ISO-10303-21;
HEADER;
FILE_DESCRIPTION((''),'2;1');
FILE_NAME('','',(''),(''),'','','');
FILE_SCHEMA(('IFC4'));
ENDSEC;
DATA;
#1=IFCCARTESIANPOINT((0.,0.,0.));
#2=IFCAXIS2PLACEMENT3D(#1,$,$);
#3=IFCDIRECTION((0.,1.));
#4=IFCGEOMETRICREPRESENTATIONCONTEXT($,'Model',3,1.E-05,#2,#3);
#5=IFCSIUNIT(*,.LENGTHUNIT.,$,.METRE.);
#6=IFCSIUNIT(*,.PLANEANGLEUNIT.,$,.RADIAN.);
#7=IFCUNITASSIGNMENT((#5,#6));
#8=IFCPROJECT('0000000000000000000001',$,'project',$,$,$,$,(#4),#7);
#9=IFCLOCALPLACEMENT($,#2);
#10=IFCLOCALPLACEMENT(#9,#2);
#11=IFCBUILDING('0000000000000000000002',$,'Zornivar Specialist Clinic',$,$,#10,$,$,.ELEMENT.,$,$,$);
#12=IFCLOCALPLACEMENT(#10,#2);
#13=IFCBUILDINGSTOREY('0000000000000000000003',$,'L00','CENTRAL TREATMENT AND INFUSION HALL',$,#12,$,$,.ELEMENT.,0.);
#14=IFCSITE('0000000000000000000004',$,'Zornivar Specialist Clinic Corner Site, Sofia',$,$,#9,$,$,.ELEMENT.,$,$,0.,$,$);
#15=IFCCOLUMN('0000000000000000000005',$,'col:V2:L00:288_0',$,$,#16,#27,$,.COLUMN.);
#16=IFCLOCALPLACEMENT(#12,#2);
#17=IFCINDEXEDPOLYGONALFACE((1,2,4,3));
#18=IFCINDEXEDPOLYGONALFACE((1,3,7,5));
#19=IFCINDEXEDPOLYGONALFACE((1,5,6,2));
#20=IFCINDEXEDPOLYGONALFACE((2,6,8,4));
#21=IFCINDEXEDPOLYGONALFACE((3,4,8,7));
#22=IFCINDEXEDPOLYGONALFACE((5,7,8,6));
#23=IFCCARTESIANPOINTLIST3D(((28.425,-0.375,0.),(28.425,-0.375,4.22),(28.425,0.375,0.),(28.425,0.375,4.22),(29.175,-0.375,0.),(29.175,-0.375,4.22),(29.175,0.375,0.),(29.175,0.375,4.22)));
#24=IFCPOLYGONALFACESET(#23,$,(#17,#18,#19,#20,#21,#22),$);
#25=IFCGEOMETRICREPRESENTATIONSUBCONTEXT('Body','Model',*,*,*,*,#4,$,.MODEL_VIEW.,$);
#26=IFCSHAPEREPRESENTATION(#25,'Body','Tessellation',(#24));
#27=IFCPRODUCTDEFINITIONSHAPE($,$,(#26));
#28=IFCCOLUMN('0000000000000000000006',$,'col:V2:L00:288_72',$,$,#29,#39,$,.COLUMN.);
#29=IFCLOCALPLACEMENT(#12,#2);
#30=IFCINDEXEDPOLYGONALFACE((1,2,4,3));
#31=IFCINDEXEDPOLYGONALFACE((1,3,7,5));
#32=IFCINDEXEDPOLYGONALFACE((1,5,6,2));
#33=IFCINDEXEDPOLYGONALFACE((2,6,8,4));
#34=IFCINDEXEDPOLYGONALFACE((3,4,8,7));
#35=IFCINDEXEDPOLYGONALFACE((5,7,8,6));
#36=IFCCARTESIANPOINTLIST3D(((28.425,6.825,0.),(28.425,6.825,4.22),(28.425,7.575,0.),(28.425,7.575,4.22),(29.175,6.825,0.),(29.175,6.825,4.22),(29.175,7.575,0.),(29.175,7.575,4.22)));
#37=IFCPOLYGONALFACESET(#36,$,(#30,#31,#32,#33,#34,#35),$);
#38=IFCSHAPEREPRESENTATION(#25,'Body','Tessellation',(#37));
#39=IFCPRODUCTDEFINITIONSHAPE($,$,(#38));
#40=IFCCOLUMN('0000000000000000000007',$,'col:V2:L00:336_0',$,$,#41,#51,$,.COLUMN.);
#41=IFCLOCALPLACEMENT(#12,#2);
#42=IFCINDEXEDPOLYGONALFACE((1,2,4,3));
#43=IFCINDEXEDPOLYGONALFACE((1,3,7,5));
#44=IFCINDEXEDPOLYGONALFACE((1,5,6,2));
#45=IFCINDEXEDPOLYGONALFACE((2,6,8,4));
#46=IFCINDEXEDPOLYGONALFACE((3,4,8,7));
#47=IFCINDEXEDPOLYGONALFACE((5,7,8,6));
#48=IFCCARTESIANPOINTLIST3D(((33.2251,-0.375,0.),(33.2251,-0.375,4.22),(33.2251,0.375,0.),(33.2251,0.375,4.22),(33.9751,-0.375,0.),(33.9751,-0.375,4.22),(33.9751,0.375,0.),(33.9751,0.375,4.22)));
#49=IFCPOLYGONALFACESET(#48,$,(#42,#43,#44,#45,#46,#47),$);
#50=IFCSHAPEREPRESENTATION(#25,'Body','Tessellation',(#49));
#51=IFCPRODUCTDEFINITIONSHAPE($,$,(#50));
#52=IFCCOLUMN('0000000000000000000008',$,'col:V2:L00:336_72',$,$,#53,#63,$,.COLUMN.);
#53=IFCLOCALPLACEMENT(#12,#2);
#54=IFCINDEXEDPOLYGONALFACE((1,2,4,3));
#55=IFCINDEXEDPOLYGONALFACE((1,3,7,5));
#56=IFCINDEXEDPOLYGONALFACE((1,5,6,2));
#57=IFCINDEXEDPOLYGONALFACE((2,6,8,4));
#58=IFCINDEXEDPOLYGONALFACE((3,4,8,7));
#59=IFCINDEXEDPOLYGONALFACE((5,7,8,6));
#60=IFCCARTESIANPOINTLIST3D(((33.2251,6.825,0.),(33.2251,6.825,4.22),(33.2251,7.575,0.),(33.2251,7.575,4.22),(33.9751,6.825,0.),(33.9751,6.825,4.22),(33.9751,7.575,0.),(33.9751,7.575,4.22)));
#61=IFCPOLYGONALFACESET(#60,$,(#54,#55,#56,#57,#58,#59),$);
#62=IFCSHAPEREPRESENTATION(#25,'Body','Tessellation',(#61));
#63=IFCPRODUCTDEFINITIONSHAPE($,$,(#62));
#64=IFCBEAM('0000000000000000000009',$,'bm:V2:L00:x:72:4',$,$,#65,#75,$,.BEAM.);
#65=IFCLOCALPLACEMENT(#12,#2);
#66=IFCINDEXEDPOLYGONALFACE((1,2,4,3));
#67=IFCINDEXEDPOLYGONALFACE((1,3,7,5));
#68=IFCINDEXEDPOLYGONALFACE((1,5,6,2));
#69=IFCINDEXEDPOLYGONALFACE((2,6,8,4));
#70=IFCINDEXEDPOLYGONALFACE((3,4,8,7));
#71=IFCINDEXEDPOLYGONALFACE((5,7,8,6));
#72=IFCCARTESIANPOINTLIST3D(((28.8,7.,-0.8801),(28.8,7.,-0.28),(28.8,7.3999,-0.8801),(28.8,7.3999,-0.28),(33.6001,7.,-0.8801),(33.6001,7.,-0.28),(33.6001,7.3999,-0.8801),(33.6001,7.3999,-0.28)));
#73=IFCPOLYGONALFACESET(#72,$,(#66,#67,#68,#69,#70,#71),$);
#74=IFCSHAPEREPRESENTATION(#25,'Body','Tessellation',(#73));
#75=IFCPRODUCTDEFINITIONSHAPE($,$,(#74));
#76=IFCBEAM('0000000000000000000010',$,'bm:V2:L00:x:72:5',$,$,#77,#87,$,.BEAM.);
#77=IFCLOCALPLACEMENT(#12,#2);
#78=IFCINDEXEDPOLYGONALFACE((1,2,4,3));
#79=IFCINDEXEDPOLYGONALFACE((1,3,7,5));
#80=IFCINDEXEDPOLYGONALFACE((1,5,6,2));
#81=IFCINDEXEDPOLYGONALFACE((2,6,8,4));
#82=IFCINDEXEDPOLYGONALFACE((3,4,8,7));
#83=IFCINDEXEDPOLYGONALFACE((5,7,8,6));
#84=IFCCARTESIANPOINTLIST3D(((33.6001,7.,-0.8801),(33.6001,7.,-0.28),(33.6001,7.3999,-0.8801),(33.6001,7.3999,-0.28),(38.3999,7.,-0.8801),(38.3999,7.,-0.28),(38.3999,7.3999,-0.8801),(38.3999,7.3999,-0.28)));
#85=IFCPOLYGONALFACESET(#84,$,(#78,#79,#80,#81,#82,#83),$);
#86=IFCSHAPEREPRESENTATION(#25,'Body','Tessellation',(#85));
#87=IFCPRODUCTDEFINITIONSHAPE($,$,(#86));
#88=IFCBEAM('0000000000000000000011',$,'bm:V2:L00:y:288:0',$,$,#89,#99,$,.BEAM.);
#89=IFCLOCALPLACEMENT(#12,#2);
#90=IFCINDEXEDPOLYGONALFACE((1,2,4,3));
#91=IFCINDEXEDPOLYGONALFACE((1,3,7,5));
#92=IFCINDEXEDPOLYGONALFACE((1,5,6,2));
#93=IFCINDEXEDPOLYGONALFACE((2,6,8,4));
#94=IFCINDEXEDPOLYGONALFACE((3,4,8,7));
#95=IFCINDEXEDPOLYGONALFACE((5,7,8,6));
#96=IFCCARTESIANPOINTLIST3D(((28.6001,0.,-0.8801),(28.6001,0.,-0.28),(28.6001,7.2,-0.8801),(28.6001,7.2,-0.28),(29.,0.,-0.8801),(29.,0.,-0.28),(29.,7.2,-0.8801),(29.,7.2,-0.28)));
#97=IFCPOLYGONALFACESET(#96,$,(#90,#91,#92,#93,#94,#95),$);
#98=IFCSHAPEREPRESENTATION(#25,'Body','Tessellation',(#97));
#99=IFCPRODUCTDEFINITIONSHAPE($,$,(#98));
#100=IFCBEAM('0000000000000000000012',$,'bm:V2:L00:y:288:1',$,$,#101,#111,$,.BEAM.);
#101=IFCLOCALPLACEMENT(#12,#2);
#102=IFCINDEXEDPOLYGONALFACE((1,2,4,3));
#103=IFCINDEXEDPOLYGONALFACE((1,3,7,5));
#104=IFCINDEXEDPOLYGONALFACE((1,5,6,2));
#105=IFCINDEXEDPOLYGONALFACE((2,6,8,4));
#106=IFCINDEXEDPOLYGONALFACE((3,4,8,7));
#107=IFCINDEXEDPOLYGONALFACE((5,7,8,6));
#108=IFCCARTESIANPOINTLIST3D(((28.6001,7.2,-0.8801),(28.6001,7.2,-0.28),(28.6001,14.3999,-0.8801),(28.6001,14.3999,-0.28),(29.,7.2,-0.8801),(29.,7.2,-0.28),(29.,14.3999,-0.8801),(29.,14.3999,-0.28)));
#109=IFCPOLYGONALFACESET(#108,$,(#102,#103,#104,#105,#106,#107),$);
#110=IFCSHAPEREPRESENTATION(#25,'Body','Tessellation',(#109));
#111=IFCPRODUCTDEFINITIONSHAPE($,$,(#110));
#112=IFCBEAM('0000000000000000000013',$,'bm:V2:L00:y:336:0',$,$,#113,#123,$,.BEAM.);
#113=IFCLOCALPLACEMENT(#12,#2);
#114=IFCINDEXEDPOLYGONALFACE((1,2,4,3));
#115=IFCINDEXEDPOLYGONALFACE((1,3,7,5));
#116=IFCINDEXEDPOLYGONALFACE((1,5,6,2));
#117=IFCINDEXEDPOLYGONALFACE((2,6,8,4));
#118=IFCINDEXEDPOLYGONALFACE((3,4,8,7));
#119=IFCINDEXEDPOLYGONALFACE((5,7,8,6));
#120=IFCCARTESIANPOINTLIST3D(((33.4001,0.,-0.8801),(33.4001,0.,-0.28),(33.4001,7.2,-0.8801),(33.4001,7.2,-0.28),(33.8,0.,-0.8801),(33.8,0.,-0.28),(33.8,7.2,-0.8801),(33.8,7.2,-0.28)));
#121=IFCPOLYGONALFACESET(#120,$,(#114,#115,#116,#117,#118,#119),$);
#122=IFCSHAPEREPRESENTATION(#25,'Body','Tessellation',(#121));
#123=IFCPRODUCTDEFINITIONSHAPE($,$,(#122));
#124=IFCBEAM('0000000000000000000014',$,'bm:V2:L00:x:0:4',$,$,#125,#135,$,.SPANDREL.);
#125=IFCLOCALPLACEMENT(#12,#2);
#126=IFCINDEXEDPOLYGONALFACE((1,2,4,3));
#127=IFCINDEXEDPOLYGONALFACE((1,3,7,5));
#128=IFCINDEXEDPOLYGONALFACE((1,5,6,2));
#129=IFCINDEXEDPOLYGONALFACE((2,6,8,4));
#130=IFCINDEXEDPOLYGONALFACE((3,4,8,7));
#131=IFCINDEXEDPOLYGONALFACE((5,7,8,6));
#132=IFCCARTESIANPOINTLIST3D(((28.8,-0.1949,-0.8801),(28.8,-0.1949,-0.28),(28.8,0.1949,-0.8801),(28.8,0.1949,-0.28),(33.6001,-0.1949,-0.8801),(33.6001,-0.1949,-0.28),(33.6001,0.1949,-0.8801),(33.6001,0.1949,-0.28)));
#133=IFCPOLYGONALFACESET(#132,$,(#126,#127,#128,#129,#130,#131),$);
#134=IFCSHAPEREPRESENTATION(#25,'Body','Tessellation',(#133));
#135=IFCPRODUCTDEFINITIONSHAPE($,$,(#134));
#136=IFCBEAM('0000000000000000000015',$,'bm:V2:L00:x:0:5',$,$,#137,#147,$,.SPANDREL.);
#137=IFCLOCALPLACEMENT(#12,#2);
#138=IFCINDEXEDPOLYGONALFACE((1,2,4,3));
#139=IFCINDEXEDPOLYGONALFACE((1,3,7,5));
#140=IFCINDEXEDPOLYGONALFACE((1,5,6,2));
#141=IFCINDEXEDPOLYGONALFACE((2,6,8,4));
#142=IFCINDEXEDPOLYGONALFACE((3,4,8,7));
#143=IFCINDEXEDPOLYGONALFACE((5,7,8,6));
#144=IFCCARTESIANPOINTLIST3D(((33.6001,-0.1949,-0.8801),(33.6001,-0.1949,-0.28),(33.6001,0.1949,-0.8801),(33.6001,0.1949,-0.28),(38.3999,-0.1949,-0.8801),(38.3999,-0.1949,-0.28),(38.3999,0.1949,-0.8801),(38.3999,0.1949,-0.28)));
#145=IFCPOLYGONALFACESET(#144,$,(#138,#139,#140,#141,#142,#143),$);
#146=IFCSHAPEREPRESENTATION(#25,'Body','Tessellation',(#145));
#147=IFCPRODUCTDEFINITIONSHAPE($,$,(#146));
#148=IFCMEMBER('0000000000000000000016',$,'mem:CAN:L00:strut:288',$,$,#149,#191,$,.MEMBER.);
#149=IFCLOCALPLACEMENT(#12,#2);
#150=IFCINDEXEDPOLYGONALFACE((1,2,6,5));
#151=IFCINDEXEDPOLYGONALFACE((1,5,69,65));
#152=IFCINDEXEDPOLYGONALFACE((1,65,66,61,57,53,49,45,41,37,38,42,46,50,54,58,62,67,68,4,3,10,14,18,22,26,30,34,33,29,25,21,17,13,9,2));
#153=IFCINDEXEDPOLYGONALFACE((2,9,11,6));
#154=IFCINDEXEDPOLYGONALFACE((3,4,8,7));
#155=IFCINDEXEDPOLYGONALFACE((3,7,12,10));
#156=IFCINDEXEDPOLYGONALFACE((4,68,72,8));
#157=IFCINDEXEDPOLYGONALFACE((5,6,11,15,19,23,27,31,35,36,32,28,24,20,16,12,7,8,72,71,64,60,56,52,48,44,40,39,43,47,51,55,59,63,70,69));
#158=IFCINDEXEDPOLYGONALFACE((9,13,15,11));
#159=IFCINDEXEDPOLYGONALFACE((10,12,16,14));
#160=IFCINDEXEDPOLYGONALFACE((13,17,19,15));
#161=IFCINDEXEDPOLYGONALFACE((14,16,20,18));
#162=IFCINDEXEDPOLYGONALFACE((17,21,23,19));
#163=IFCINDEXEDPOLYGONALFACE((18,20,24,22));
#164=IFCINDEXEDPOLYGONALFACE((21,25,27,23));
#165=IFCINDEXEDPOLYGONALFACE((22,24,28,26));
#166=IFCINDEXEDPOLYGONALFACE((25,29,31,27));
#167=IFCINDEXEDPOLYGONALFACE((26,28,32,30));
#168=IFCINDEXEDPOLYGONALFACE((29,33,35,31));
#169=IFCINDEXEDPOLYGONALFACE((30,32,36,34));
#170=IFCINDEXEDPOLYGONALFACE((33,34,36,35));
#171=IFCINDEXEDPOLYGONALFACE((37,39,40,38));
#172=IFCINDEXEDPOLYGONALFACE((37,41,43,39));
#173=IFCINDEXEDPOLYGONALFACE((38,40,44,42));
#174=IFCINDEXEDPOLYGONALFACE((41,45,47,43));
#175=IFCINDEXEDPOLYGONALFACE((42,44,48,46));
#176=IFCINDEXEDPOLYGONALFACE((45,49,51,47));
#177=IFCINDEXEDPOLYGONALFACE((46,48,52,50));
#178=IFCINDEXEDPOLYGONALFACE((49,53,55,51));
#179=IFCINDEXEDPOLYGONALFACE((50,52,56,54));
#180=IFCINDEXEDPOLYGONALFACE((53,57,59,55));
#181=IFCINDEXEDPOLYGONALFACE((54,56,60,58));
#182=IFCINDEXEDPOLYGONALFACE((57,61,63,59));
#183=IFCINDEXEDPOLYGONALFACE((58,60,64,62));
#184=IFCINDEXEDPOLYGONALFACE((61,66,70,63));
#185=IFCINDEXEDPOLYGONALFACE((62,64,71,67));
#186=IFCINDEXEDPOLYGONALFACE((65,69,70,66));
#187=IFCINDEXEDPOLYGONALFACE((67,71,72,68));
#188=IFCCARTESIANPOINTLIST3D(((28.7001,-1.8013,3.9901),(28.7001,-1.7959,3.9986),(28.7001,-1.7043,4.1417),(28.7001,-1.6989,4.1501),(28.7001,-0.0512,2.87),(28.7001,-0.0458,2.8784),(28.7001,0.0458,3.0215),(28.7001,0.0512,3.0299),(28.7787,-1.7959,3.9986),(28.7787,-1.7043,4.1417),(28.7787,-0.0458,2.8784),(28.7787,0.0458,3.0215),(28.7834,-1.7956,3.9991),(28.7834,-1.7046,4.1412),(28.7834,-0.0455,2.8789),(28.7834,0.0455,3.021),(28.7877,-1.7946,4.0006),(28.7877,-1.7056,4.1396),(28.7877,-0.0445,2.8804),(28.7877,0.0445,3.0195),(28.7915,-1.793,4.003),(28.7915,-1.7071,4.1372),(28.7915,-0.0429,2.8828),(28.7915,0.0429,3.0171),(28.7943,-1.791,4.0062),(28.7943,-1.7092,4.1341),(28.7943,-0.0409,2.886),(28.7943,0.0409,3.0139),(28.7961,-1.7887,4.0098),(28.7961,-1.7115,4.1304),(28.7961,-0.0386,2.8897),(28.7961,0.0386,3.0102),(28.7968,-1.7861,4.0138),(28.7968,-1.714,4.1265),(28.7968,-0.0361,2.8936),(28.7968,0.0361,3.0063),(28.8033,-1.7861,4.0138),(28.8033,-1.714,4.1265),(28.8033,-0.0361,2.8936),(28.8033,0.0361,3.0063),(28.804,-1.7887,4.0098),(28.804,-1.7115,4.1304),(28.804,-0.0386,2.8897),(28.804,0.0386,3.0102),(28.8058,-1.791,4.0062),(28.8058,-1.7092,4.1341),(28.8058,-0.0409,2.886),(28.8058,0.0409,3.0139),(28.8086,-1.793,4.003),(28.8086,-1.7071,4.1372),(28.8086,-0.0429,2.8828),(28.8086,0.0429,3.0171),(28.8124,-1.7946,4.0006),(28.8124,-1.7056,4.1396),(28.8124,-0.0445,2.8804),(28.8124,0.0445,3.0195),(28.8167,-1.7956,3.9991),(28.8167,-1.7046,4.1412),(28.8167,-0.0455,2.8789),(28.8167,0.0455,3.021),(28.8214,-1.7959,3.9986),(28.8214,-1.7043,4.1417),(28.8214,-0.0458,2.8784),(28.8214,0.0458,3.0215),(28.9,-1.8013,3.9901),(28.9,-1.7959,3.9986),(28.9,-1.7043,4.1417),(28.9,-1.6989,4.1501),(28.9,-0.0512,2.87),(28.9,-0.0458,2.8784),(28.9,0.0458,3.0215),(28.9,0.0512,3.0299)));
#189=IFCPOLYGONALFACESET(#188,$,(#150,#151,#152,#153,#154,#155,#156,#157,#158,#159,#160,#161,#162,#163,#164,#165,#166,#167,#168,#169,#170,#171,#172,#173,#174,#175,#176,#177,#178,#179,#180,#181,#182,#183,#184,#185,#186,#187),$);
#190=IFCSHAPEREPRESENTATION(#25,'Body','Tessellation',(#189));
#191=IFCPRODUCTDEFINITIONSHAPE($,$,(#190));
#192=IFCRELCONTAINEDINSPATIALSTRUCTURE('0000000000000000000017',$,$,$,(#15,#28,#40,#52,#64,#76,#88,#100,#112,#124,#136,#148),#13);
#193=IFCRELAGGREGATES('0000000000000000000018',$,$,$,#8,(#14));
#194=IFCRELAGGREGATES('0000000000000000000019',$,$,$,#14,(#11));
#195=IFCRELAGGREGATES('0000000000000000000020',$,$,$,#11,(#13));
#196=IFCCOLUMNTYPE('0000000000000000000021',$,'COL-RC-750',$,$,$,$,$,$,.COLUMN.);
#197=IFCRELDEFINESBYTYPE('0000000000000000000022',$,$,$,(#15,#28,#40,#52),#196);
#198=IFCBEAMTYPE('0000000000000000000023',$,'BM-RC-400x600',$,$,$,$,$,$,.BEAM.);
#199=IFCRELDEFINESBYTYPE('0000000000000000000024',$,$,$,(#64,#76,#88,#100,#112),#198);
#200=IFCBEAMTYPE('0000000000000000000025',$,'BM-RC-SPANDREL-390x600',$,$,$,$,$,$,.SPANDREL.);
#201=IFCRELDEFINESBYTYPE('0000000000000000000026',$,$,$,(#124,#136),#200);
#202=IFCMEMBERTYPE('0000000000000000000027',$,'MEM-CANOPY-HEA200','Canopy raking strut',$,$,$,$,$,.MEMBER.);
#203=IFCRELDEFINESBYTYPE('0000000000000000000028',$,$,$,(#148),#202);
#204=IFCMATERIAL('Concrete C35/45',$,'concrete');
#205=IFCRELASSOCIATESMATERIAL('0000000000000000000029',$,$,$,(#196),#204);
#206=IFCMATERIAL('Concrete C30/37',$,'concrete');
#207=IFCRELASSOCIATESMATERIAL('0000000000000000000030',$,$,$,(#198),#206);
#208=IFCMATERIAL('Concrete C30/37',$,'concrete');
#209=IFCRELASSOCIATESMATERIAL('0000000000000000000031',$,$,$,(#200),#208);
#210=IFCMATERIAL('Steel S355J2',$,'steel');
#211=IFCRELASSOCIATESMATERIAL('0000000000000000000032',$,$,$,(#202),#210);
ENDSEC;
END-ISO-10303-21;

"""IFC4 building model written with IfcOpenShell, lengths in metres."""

from ifc_helpers import new_model, si_unit, direction, frame, origin, origin_2d, place, context, subcontext, project, spatial, rectangle, i_section, extrude, material, material_profile, profile_set, type_object, element, save


model = new_model("IFC4")

# Units and contexts
model_context = context("Model", 3, precision=1e-05, world=origin(), true_north=direction((0.0, 1.0)))
body_context = subcontext(model_context, "Body", "Model", "MODEL_VIEW")
ifc_project = project(units=[si_unit("LENGTHUNIT", "METRE"), si_unit("PLANEANGLEUNIT", "RADIAN")], contexts=[model_context])

# Site, building, storey
site_placement = place(None, origin())
site = spatial("IfcSite", under=ifc_project, at=site_placement, Name="Zornivar Specialist Clinic Corner Site, Sofia", CompositionType="ELEMENT", RefElevation=0.0)
building_placement = place(site_placement, origin())
building = spatial("IfcBuilding", under=site, at=building_placement, Name="Zornivar Specialist Clinic", CompositionType="ELEMENT")
storey_placement = place(building_placement, origin())
storey = spatial("IfcBuildingStorey", under=building, at=storey_placement, Name="L00", Description="CENTRAL TREATMENT AND INFUSION HALL", CompositionType="ELEMENT", Elevation=0.0)

# Columns
ifc_material_1 = material(Name="Concrete C35/45", Category="concrete")
ifc_material_profile_1 = material_profile(ifc_material_1, rectangle(XDim=0.75, YDim=0.75, at=origin_2d()), Name="RC 750x750")
ifc_profile_set_1 = profile_set([ifc_material_profile_1], Name="Concrete C35/45")
column_type = type_object("IfcColumnType", Name="COL-RC-750", PredefinedType="COLUMN", material=ifc_profile_set_1)
for number, where, z_axis, x_axis, name in (
    (1, (28.8, 0.0, 0.0), (0.0, 0.0, 1.0), (1.0, 0.0, 0.0), "col:V2:L00:288_0"),
    (2, (28.8, 7.2, 0.0), (0.0, 0.0, 1.0), (1.0, 0.0, 0.0), "col:V2:L00:288_72"),
    (3, (33.6001, 0.0, 0.0), (0.0, 0.0, 1.0), (1.0, 0.0, 0.0), "col:V2:L00:336_0"),
    (4, (33.6001, 7.2, 0.0), (0.0, 0.0, 1.0), (1.0, 0.0, 0.0), "col:V2:L00:336_72"),
):
    element("IfcColumn", number, at=place(storey_placement, frame(where, z_axis=z_axis, x_axis=x_axis)), inside=storey, type_object=column_type, Name=name, PredefinedType="COLUMN", context=body_context, shape_type="SweptSolid", body=[
        extrude(rectangle(XDim=0.75, YDim=0.75, at=origin_2d()), origin(), (0.0, 0.0, 1.0), 4.22),
    ])

# Beams
ifc_material_2 = material(Name="Concrete C30/37", Category="concrete")
ifc_material_profile_2 = material_profile(ifc_material_2, rectangle(XDim=0.3999, YDim=0.6001, at=origin_2d()), Name="RC 400x600")
ifc_profile_set_2 = profile_set([ifc_material_profile_2], Name="Concrete C30/37")
beam_type_1 = type_object("IfcBeamType", Name="BM-RC-400x600", PredefinedType="BEAM", material=ifc_profile_set_2)
beam_1_placement = place(storey_placement, frame((28.8, 7.2, -0.5801), z_axis=(1.0, 0.0, 0.0), x_axis=(0.0, 1.0, 0.0)))
element("IfcBeam", 5, at=beam_1_placement, inside=storey, type_object=beam_type_1, Name="bm:V2:L00:x:72:4", PredefinedType="BEAM", context=body_context, shape_type="SweptSolid", body=[
    extrude(rectangle(XDim=0.3999, YDim=0.6001, at=origin_2d()), origin(), (0.0, 0.0, 1.0), 4.8),
])
beam_2_placement = place(storey_placement, frame((33.6001, 7.2, -0.5801), z_axis=(1.0, 0.0, 0.0), x_axis=(0.0, 1.0, 0.0)))
element("IfcBeam", 6, at=beam_2_placement, inside=storey, type_object=beam_type_1, Name="bm:V2:L00:x:72:5", PredefinedType="BEAM", context=body_context, shape_type="SweptSolid", body=[
    extrude(rectangle(XDim=0.3999, YDim=0.6001, at=origin_2d()), origin(), (0.0, 0.0, 1.0), 4.7998),
])
for number, where, z_axis, x_axis, name in (
    (7, (28.8, 0.0, -0.5801), (0.0, 1.0, 0.0), (-1.0, 0.0, 0.0), "bm:V2:L00:y:288:0"),
    (8, (28.8, 7.2, -0.5801), (0.0, 1.0, 0.0), (-1.0, 0.0, 0.0), "bm:V2:L00:y:288:1"),
    (9, (33.6001, 0.0, -0.5801), (0.0, 1.0, 0.0), (-1.0, 0.0, 0.0), "bm:V2:L00:y:336:0"),
):
    element("IfcBeam", number, at=place(storey_placement, frame(where, z_axis=z_axis, x_axis=x_axis)), inside=storey, type_object=beam_type_1, Name=name, PredefinedType="BEAM", context=body_context, shape_type="SweptSolid", body=[
        extrude(rectangle(XDim=0.3999, YDim=0.6001, at=origin_2d()), origin(), (0.0, 0.0, 1.0), 7.2),
    ])
ifc_material_3 = material(Name="Concrete C30/37", Category="concrete")
ifc_material_profile_3 = material_profile(ifc_material_3, rectangle(XDim=0.3899, YDim=0.6001, at=origin_2d()), Name="RC 390x600")
ifc_profile_set_3 = profile_set([ifc_material_profile_3], Name="Concrete C30/37")
beam_type_2 = type_object("IfcBeamType", Name="BM-RC-SPANDREL-390x600", PredefinedType="SPANDREL", material=ifc_profile_set_3)
beam_3_placement = place(storey_placement, frame((28.8, 0.0, -0.5801), z_axis=(1.0, 0.0, 0.0), x_axis=(0.0, 1.0, 0.0)))
element("IfcBeam", 10, at=beam_3_placement, inside=storey, type_object=beam_type_2, Name="bm:V2:L00:x:0:4", PredefinedType="SPANDREL", context=body_context, shape_type="SweptSolid", body=[
    extrude(rectangle(XDim=0.3899, YDim=0.6001, at=origin_2d()), origin(), (0.0, 0.0, 1.0), 4.8),
])
beam_4_placement = place(storey_placement, frame((33.6001, 0.0, -0.5801), z_axis=(1.0, 0.0, 0.0), x_axis=(0.0, 1.0, 0.0)))
element("IfcBeam", 11, at=beam_4_placement, inside=storey, type_object=beam_type_2, Name="bm:V2:L00:x:0:5", PredefinedType="SPANDREL", context=body_context, shape_type="SweptSolid", body=[
    extrude(rectangle(XDim=0.3899, YDim=0.6001, at=origin_2d()), origin(), (0.0, 0.0, 1.0), 4.7998),
])

# Member
ifc_material_4 = material(Name="Steel S355J2", Category="steel")
ifc_material_profile_4 = material_profile(ifc_material_4, i_section(OverallWidth=0.2, OverallDepth=0.1899, WebThickness=0.0066, FlangeThickness=0.01, FilletRadius=0.0181, at=origin_2d()), Name="HEA 200")
ifc_profile_set_4 = profile_set([ifc_material_profile_4], Name="Steel S355J2")
member_type = type_object("IfcMemberType", Name="MEM-CANOPY-HEA200", Description="Canopy raking strut", PredefinedType="MEMBER", material=ifc_profile_set_4)
for number, where, z_axis, x_axis, name in (
    (12, (28.8, 0.0, 2.95), (0.0, -0.842246, 0.539094), (1.0, 0.0, 0.0), "mem:CAN:L00:strut:288"),
):
    element("IfcMember", number, at=place(storey_placement, frame(where, z_axis=z_axis, x_axis=x_axis)), inside=storey, type_object=member_type, Name=name, PredefinedType="MEMBER", context=body_context, shape_type="SweptSolid", body=[
        extrude(i_section(OverallWidth=0.2, OverallDepth=0.1899, WebThickness=0.0066, FlangeThickness=0.01, FilletRadius=0.0181, at=origin_2d()), origin(), (0.0, 0.0, 1.0), 2.0779),
    ])

save(model, "model.ifc")
